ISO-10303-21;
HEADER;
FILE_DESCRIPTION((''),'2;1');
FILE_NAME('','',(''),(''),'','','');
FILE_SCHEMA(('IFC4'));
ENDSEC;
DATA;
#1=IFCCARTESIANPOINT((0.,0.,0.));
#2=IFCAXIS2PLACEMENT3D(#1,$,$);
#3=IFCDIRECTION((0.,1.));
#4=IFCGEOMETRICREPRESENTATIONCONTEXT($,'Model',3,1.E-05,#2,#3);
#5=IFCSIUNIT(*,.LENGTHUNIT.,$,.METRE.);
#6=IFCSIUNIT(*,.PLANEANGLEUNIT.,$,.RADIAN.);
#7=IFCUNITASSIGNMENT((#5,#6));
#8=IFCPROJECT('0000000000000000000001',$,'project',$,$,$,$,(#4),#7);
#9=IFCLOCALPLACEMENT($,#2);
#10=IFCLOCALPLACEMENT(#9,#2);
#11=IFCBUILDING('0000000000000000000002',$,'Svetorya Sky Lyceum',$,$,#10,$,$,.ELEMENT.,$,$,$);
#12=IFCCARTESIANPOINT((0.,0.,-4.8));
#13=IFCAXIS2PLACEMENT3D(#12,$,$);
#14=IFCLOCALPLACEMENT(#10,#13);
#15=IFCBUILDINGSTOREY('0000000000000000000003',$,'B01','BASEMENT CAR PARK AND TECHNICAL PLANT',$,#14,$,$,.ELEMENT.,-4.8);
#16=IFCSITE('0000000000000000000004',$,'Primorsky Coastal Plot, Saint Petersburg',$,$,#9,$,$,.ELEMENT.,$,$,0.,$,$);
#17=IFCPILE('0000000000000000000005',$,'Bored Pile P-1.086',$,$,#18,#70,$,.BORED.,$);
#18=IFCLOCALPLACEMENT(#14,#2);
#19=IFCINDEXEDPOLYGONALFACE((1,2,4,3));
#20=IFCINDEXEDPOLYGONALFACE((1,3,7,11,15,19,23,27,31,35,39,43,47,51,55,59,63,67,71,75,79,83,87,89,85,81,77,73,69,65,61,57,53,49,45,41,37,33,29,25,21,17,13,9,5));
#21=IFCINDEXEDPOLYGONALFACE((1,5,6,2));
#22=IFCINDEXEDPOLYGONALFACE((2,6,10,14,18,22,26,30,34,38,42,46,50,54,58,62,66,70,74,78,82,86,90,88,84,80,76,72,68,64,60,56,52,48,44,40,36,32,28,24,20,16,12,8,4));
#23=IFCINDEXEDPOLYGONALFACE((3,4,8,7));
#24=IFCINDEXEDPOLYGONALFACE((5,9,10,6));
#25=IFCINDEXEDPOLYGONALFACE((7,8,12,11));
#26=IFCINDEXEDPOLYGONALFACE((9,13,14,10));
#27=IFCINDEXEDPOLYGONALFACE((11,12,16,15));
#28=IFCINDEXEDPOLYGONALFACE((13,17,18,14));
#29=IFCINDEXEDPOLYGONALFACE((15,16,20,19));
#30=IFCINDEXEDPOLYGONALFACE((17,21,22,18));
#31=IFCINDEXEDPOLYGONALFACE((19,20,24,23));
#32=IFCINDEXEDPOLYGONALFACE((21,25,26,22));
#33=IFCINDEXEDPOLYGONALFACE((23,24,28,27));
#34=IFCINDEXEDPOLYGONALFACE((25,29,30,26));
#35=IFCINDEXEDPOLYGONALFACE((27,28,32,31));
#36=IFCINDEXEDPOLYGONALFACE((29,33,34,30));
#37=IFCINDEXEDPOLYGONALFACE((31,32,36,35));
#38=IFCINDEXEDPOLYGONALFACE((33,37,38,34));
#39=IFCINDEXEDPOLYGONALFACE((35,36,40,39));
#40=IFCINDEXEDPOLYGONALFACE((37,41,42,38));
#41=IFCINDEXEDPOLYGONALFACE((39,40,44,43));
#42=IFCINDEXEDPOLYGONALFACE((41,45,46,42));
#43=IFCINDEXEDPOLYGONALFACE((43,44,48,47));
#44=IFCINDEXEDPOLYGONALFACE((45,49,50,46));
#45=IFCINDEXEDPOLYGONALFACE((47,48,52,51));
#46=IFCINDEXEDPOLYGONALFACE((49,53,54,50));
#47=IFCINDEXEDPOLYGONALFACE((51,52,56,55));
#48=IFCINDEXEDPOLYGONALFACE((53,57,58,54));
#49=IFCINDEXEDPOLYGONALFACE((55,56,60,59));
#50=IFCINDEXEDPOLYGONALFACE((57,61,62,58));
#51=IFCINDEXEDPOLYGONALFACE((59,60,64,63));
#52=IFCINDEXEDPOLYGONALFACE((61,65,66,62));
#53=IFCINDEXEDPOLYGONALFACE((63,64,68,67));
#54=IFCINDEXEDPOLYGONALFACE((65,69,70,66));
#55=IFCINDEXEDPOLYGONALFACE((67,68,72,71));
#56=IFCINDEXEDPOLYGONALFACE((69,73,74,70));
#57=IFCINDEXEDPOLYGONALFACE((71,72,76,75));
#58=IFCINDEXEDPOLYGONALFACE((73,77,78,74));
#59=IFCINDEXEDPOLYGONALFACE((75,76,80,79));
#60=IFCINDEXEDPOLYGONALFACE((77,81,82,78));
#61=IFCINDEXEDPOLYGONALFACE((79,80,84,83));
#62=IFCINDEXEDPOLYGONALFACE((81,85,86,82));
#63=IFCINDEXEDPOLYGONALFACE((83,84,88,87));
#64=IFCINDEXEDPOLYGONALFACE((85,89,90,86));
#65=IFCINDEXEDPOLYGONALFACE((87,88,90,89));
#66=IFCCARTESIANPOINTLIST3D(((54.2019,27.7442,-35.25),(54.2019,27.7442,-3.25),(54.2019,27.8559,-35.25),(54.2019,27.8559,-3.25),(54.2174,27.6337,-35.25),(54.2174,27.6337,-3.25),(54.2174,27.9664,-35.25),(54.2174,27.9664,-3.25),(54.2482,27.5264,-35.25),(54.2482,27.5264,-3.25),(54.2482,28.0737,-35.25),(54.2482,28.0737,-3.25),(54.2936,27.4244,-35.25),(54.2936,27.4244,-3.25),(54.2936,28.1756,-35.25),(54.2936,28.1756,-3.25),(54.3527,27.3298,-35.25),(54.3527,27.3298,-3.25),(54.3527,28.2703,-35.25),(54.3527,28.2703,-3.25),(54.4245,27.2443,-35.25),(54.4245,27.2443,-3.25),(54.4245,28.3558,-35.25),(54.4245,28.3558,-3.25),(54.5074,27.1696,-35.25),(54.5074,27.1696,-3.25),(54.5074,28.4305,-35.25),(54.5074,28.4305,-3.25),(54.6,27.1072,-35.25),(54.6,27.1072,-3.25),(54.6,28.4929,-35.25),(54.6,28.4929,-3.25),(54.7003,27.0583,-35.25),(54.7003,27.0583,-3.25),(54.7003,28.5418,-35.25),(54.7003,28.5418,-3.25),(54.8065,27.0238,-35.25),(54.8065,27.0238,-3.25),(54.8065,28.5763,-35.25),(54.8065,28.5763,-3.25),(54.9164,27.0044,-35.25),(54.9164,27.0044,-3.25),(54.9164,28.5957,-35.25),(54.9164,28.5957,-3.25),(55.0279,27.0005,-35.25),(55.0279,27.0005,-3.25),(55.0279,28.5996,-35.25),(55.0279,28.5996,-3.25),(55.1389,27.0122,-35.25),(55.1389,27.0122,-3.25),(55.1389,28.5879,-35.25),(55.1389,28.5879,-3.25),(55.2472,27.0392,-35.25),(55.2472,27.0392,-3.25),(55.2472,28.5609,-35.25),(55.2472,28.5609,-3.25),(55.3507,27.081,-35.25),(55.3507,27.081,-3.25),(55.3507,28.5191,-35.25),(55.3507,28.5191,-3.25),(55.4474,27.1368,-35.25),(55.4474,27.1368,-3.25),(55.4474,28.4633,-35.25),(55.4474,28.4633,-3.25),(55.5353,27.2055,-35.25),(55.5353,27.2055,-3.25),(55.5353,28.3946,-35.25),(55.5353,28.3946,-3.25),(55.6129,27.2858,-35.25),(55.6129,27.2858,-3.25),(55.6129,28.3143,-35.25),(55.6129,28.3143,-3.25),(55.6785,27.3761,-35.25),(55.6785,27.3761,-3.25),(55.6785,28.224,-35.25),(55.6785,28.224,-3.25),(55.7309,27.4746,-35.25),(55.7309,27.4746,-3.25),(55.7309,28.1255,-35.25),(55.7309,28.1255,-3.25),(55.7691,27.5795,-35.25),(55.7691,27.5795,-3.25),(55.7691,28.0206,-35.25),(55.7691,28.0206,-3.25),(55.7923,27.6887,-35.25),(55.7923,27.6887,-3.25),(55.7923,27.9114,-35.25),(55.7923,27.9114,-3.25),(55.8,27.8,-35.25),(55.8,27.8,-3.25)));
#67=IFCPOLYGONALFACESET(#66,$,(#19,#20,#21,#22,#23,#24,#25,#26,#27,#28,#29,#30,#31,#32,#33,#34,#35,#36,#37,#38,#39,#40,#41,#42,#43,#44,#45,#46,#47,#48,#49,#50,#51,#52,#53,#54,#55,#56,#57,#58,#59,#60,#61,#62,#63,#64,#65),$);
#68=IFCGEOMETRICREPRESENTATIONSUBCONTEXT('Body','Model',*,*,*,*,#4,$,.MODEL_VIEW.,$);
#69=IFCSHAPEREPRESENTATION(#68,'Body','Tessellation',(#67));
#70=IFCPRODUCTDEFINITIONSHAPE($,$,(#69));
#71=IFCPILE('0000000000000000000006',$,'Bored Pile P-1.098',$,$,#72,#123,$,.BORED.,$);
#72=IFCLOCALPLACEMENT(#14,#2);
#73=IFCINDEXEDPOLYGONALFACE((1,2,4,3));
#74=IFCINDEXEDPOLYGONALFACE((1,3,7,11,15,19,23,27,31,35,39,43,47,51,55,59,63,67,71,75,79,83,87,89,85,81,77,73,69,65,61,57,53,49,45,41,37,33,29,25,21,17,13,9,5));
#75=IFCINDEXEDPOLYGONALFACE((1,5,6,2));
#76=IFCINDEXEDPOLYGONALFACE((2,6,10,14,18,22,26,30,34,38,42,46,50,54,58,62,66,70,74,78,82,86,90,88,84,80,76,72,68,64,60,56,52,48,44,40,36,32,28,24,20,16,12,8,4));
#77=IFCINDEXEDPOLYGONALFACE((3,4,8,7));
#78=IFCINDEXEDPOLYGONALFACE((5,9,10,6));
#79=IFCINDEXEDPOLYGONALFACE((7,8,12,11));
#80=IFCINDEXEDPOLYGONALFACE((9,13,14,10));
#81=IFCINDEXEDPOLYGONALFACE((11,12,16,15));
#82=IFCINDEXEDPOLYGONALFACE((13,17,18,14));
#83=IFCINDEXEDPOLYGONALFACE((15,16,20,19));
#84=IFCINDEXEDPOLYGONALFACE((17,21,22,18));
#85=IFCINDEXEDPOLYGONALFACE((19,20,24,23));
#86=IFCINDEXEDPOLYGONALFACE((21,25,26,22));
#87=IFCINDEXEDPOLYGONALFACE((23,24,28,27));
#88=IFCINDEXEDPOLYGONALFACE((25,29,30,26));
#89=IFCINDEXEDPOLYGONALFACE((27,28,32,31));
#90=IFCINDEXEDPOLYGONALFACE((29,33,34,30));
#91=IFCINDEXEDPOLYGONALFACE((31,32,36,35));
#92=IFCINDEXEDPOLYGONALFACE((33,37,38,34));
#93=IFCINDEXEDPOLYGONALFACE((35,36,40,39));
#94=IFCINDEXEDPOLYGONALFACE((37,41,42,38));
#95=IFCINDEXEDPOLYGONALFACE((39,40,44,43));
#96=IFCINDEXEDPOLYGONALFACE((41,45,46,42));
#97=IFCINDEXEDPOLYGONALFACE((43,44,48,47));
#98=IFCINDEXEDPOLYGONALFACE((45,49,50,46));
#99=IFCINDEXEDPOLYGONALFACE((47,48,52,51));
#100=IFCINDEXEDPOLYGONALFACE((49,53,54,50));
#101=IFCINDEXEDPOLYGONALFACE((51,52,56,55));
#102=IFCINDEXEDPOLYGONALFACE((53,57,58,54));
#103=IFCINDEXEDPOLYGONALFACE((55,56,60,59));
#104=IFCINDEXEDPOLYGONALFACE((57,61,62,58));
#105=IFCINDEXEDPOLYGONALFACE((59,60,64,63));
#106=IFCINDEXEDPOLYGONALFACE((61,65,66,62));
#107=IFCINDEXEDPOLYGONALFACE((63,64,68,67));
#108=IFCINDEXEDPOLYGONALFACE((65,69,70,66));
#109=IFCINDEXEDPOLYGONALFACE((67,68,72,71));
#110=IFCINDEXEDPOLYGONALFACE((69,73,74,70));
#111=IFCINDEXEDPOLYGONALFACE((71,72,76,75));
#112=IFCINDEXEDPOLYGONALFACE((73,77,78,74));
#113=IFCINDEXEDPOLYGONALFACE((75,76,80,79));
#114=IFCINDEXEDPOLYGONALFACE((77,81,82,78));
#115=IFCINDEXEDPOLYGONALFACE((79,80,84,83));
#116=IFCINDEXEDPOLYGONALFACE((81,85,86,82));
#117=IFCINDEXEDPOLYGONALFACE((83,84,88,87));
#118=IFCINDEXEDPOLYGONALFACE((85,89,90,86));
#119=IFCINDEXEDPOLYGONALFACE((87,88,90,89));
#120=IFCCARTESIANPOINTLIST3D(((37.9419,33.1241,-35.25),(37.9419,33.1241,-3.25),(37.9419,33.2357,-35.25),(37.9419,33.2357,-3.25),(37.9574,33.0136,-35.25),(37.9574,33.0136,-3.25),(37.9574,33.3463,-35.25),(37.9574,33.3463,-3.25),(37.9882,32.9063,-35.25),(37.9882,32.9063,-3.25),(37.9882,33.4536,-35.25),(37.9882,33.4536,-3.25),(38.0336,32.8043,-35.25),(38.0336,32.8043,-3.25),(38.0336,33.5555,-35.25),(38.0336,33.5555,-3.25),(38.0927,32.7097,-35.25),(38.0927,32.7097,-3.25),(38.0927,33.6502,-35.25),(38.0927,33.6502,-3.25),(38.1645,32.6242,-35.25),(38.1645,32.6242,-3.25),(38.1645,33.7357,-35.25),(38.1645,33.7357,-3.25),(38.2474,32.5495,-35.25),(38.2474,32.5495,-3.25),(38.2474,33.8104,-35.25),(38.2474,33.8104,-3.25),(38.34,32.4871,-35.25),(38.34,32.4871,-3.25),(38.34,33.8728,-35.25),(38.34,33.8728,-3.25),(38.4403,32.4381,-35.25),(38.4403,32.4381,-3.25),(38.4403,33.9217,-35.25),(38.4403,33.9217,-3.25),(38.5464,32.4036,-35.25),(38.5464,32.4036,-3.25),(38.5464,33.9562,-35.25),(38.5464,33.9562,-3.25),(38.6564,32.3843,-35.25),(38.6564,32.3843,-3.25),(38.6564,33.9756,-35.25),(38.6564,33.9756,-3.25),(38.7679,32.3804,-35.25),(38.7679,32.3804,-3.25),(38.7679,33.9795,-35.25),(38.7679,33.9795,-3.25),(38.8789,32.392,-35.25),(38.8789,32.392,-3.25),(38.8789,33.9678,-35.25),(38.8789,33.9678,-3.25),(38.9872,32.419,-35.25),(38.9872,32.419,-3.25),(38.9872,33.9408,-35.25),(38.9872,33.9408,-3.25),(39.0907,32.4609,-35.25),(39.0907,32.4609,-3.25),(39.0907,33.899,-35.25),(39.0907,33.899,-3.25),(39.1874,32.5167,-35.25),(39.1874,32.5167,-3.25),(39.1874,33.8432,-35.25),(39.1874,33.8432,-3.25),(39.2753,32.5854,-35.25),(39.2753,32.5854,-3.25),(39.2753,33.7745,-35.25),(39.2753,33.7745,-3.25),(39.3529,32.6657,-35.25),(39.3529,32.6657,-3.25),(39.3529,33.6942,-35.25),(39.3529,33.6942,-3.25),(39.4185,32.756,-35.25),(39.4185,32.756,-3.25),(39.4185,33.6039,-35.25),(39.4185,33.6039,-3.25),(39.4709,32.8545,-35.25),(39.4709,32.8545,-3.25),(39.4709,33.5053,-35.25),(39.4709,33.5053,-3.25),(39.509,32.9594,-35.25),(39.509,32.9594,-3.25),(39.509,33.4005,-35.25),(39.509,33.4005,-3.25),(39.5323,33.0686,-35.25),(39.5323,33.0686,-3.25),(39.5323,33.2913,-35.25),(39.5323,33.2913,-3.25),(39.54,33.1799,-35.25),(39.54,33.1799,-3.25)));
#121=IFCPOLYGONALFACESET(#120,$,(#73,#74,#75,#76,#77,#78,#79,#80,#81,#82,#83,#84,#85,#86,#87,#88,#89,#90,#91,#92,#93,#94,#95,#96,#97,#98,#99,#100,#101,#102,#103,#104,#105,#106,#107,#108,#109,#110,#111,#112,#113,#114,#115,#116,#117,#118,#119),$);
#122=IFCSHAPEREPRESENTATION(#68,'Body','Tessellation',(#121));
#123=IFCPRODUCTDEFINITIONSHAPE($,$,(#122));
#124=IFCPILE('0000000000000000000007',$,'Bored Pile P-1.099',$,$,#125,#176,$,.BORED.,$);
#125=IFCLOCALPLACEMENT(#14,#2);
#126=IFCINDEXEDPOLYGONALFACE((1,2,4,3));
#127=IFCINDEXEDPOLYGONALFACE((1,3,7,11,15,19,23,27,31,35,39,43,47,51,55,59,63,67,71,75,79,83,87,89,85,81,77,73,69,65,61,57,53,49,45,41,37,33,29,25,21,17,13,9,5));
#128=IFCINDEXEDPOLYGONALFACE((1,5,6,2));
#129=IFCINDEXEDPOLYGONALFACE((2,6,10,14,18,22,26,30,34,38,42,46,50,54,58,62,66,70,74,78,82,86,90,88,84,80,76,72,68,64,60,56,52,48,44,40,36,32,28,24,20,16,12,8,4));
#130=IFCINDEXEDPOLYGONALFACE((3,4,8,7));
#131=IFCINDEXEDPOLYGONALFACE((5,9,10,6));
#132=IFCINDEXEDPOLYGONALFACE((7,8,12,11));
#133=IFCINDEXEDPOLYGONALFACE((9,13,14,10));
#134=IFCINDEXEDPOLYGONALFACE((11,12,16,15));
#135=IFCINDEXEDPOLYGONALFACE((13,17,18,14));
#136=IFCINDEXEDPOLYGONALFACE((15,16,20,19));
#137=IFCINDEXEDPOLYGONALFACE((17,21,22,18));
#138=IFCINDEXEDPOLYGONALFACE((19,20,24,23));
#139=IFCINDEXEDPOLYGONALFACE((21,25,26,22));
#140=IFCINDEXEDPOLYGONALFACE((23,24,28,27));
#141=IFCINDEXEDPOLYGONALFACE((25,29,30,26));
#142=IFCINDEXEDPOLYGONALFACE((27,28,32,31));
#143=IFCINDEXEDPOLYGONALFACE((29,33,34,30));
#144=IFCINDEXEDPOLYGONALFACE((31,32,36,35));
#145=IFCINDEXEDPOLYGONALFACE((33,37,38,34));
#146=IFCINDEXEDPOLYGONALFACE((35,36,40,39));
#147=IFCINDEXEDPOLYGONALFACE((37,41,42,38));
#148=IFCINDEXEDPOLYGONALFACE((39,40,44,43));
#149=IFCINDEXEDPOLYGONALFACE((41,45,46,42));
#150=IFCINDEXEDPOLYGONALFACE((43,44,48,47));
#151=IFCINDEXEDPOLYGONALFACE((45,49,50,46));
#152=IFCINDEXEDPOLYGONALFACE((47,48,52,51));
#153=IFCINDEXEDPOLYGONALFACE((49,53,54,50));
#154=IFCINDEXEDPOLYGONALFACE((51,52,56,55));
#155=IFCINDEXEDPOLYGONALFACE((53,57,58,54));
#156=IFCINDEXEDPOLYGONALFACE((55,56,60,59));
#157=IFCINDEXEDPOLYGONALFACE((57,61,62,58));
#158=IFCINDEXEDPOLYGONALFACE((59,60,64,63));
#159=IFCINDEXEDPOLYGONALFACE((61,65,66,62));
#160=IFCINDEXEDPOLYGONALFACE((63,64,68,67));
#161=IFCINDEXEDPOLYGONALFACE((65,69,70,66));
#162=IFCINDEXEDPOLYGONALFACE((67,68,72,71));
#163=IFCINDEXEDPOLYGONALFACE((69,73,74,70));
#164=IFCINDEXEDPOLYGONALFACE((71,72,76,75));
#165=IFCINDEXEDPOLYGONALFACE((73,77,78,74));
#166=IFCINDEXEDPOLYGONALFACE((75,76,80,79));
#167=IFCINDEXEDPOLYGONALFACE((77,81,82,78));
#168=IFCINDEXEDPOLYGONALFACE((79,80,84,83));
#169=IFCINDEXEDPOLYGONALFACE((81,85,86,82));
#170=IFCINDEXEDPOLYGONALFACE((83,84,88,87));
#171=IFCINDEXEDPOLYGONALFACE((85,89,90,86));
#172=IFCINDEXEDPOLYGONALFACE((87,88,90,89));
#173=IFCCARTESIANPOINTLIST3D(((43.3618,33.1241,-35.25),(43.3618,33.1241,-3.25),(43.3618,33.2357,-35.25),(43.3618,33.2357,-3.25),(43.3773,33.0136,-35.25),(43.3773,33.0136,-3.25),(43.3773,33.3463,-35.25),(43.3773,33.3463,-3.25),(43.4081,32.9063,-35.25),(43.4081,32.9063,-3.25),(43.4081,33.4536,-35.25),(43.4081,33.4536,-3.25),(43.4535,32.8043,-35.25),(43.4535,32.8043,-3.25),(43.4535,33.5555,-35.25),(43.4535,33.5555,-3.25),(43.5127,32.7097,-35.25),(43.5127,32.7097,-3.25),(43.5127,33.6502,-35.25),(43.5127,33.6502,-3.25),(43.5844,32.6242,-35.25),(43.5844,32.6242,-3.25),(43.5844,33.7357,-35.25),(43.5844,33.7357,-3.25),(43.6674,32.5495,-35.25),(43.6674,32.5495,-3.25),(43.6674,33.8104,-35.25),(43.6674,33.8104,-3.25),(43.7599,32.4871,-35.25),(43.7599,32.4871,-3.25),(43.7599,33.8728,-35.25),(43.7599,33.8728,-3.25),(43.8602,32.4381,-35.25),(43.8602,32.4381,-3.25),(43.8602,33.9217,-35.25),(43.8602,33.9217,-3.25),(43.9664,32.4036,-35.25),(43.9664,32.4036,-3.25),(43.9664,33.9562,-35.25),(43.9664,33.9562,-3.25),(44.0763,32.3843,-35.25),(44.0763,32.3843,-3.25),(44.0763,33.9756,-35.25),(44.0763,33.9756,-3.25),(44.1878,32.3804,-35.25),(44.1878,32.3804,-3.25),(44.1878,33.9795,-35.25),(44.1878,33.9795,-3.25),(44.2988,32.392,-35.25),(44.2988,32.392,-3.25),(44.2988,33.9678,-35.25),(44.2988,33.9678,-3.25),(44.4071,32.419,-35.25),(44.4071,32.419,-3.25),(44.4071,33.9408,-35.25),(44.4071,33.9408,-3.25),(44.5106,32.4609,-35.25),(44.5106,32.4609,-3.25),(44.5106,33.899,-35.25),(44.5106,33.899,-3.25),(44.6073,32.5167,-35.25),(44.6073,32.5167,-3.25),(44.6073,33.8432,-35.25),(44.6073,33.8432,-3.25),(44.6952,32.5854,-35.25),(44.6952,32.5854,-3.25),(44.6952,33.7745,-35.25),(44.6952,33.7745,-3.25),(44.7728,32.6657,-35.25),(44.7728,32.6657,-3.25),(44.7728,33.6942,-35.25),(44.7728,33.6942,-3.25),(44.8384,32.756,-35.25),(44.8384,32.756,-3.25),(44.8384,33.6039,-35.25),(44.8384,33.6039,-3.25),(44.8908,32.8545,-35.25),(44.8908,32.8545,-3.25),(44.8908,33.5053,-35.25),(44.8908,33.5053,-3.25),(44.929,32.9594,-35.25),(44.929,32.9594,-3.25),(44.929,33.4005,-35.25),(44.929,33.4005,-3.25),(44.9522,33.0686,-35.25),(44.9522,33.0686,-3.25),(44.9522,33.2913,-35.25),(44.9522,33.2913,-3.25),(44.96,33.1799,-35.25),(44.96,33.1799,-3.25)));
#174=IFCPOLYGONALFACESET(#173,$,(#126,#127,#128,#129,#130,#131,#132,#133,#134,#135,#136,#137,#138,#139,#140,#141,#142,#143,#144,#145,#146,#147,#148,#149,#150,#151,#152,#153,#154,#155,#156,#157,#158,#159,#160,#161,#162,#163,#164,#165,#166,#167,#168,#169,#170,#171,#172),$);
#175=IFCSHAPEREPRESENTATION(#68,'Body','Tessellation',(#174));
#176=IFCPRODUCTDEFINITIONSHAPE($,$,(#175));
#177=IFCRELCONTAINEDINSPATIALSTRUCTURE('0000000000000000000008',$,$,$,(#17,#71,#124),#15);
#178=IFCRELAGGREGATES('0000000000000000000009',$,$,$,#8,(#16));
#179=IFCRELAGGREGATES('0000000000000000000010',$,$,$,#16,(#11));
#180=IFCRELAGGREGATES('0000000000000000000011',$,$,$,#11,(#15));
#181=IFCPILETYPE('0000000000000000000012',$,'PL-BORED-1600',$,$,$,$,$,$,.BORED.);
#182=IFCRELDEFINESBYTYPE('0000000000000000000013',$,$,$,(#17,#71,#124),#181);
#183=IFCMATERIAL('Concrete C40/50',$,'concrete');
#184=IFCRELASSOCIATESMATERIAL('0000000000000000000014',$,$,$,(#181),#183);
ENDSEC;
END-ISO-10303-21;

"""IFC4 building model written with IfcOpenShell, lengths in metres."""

from ifc_helpers import new_model, si_unit, direction, frame, origin, origin_2d, place, context, subcontext, project, spatial, circle, extrude, material, material_profile, profile_set, type_object, element, save


model = new_model("IFC4")

# Units and contexts
model_context = context("Model", 3, precision=1e-05, world=origin(), true_north=direction((0.0, 1.0)))
body_context = subcontext(model_context, "Body", "Model", "MODEL_VIEW")
ifc_project = project(units=[si_unit("LENGTHUNIT", "METRE"), si_unit("PLANEANGLEUNIT", "RADIAN")], contexts=[model_context])

# Site, building, storey
site_placement = place(None, origin())
site = spatial("IfcSite", under=ifc_project, at=site_placement, Name="Primorsky Coastal Plot, Saint Petersburg", CompositionType="ELEMENT", RefElevation=0.0)
building_placement = place(site_placement, origin())
building = spatial("IfcBuilding", under=site, at=building_placement, Name="Svetorya Sky Lyceum", CompositionType="ELEMENT")
storey_placement = place(building_placement, frame((0.0, 0.0, -4.8)))
storey = spatial("IfcBuildingStorey", under=building, at=storey_placement, Name="B01", Description="BASEMENT CAR PARK AND TECHNICAL PLANT", CompositionType="ELEMENT", Elevation=-4.8)

# Piles
ifc_material_1 = material(Name="Concrete C40/50", Category="concrete")
ifc_material_profile_1 = material_profile(ifc_material_1, circle(Radius=0.8, at=origin_2d()), Name="RC PILE D1600")
ifc_profile_set_1 = profile_set([ifc_material_profile_1], Name="Concrete C40/50")
pile_type = type_object("IfcPileType", Name="PL-BORED-1600", PredefinedType="BORED", material=ifc_profile_set_1)
for number, where, z_axis, x_axis, name in (
    (1, (55.0, 27.8, -3.25), (0.0, 0.0, -1.0), (1.0, 0.0, 0.0), "Bored Pile P-1.086"),
    (2, (38.74, 33.1799, -3.25), (0.0, 0.0, -1.0), (1.0, 0.0, 0.0), "Bored Pile P-1.098"),
    (3, (44.1599, 33.1799, -3.25), (0.0, 0.0, -1.0), (1.0, 0.0, 0.0), "Bored Pile P-1.099"),
):
    element("IfcPile", number, at=place(storey_placement, frame(where, z_axis=z_axis, x_axis=x_axis)), inside=storey, type_object=pile_type, Name=name, PredefinedType="BORED", context=body_context, shape_type="SweptSolid", body=[
        extrude(circle(Radius=0.8, at=origin_2d()), origin(), (0.0, 0.0, 1.0), 32.0),
    ])

save(model, "model.ifc")
